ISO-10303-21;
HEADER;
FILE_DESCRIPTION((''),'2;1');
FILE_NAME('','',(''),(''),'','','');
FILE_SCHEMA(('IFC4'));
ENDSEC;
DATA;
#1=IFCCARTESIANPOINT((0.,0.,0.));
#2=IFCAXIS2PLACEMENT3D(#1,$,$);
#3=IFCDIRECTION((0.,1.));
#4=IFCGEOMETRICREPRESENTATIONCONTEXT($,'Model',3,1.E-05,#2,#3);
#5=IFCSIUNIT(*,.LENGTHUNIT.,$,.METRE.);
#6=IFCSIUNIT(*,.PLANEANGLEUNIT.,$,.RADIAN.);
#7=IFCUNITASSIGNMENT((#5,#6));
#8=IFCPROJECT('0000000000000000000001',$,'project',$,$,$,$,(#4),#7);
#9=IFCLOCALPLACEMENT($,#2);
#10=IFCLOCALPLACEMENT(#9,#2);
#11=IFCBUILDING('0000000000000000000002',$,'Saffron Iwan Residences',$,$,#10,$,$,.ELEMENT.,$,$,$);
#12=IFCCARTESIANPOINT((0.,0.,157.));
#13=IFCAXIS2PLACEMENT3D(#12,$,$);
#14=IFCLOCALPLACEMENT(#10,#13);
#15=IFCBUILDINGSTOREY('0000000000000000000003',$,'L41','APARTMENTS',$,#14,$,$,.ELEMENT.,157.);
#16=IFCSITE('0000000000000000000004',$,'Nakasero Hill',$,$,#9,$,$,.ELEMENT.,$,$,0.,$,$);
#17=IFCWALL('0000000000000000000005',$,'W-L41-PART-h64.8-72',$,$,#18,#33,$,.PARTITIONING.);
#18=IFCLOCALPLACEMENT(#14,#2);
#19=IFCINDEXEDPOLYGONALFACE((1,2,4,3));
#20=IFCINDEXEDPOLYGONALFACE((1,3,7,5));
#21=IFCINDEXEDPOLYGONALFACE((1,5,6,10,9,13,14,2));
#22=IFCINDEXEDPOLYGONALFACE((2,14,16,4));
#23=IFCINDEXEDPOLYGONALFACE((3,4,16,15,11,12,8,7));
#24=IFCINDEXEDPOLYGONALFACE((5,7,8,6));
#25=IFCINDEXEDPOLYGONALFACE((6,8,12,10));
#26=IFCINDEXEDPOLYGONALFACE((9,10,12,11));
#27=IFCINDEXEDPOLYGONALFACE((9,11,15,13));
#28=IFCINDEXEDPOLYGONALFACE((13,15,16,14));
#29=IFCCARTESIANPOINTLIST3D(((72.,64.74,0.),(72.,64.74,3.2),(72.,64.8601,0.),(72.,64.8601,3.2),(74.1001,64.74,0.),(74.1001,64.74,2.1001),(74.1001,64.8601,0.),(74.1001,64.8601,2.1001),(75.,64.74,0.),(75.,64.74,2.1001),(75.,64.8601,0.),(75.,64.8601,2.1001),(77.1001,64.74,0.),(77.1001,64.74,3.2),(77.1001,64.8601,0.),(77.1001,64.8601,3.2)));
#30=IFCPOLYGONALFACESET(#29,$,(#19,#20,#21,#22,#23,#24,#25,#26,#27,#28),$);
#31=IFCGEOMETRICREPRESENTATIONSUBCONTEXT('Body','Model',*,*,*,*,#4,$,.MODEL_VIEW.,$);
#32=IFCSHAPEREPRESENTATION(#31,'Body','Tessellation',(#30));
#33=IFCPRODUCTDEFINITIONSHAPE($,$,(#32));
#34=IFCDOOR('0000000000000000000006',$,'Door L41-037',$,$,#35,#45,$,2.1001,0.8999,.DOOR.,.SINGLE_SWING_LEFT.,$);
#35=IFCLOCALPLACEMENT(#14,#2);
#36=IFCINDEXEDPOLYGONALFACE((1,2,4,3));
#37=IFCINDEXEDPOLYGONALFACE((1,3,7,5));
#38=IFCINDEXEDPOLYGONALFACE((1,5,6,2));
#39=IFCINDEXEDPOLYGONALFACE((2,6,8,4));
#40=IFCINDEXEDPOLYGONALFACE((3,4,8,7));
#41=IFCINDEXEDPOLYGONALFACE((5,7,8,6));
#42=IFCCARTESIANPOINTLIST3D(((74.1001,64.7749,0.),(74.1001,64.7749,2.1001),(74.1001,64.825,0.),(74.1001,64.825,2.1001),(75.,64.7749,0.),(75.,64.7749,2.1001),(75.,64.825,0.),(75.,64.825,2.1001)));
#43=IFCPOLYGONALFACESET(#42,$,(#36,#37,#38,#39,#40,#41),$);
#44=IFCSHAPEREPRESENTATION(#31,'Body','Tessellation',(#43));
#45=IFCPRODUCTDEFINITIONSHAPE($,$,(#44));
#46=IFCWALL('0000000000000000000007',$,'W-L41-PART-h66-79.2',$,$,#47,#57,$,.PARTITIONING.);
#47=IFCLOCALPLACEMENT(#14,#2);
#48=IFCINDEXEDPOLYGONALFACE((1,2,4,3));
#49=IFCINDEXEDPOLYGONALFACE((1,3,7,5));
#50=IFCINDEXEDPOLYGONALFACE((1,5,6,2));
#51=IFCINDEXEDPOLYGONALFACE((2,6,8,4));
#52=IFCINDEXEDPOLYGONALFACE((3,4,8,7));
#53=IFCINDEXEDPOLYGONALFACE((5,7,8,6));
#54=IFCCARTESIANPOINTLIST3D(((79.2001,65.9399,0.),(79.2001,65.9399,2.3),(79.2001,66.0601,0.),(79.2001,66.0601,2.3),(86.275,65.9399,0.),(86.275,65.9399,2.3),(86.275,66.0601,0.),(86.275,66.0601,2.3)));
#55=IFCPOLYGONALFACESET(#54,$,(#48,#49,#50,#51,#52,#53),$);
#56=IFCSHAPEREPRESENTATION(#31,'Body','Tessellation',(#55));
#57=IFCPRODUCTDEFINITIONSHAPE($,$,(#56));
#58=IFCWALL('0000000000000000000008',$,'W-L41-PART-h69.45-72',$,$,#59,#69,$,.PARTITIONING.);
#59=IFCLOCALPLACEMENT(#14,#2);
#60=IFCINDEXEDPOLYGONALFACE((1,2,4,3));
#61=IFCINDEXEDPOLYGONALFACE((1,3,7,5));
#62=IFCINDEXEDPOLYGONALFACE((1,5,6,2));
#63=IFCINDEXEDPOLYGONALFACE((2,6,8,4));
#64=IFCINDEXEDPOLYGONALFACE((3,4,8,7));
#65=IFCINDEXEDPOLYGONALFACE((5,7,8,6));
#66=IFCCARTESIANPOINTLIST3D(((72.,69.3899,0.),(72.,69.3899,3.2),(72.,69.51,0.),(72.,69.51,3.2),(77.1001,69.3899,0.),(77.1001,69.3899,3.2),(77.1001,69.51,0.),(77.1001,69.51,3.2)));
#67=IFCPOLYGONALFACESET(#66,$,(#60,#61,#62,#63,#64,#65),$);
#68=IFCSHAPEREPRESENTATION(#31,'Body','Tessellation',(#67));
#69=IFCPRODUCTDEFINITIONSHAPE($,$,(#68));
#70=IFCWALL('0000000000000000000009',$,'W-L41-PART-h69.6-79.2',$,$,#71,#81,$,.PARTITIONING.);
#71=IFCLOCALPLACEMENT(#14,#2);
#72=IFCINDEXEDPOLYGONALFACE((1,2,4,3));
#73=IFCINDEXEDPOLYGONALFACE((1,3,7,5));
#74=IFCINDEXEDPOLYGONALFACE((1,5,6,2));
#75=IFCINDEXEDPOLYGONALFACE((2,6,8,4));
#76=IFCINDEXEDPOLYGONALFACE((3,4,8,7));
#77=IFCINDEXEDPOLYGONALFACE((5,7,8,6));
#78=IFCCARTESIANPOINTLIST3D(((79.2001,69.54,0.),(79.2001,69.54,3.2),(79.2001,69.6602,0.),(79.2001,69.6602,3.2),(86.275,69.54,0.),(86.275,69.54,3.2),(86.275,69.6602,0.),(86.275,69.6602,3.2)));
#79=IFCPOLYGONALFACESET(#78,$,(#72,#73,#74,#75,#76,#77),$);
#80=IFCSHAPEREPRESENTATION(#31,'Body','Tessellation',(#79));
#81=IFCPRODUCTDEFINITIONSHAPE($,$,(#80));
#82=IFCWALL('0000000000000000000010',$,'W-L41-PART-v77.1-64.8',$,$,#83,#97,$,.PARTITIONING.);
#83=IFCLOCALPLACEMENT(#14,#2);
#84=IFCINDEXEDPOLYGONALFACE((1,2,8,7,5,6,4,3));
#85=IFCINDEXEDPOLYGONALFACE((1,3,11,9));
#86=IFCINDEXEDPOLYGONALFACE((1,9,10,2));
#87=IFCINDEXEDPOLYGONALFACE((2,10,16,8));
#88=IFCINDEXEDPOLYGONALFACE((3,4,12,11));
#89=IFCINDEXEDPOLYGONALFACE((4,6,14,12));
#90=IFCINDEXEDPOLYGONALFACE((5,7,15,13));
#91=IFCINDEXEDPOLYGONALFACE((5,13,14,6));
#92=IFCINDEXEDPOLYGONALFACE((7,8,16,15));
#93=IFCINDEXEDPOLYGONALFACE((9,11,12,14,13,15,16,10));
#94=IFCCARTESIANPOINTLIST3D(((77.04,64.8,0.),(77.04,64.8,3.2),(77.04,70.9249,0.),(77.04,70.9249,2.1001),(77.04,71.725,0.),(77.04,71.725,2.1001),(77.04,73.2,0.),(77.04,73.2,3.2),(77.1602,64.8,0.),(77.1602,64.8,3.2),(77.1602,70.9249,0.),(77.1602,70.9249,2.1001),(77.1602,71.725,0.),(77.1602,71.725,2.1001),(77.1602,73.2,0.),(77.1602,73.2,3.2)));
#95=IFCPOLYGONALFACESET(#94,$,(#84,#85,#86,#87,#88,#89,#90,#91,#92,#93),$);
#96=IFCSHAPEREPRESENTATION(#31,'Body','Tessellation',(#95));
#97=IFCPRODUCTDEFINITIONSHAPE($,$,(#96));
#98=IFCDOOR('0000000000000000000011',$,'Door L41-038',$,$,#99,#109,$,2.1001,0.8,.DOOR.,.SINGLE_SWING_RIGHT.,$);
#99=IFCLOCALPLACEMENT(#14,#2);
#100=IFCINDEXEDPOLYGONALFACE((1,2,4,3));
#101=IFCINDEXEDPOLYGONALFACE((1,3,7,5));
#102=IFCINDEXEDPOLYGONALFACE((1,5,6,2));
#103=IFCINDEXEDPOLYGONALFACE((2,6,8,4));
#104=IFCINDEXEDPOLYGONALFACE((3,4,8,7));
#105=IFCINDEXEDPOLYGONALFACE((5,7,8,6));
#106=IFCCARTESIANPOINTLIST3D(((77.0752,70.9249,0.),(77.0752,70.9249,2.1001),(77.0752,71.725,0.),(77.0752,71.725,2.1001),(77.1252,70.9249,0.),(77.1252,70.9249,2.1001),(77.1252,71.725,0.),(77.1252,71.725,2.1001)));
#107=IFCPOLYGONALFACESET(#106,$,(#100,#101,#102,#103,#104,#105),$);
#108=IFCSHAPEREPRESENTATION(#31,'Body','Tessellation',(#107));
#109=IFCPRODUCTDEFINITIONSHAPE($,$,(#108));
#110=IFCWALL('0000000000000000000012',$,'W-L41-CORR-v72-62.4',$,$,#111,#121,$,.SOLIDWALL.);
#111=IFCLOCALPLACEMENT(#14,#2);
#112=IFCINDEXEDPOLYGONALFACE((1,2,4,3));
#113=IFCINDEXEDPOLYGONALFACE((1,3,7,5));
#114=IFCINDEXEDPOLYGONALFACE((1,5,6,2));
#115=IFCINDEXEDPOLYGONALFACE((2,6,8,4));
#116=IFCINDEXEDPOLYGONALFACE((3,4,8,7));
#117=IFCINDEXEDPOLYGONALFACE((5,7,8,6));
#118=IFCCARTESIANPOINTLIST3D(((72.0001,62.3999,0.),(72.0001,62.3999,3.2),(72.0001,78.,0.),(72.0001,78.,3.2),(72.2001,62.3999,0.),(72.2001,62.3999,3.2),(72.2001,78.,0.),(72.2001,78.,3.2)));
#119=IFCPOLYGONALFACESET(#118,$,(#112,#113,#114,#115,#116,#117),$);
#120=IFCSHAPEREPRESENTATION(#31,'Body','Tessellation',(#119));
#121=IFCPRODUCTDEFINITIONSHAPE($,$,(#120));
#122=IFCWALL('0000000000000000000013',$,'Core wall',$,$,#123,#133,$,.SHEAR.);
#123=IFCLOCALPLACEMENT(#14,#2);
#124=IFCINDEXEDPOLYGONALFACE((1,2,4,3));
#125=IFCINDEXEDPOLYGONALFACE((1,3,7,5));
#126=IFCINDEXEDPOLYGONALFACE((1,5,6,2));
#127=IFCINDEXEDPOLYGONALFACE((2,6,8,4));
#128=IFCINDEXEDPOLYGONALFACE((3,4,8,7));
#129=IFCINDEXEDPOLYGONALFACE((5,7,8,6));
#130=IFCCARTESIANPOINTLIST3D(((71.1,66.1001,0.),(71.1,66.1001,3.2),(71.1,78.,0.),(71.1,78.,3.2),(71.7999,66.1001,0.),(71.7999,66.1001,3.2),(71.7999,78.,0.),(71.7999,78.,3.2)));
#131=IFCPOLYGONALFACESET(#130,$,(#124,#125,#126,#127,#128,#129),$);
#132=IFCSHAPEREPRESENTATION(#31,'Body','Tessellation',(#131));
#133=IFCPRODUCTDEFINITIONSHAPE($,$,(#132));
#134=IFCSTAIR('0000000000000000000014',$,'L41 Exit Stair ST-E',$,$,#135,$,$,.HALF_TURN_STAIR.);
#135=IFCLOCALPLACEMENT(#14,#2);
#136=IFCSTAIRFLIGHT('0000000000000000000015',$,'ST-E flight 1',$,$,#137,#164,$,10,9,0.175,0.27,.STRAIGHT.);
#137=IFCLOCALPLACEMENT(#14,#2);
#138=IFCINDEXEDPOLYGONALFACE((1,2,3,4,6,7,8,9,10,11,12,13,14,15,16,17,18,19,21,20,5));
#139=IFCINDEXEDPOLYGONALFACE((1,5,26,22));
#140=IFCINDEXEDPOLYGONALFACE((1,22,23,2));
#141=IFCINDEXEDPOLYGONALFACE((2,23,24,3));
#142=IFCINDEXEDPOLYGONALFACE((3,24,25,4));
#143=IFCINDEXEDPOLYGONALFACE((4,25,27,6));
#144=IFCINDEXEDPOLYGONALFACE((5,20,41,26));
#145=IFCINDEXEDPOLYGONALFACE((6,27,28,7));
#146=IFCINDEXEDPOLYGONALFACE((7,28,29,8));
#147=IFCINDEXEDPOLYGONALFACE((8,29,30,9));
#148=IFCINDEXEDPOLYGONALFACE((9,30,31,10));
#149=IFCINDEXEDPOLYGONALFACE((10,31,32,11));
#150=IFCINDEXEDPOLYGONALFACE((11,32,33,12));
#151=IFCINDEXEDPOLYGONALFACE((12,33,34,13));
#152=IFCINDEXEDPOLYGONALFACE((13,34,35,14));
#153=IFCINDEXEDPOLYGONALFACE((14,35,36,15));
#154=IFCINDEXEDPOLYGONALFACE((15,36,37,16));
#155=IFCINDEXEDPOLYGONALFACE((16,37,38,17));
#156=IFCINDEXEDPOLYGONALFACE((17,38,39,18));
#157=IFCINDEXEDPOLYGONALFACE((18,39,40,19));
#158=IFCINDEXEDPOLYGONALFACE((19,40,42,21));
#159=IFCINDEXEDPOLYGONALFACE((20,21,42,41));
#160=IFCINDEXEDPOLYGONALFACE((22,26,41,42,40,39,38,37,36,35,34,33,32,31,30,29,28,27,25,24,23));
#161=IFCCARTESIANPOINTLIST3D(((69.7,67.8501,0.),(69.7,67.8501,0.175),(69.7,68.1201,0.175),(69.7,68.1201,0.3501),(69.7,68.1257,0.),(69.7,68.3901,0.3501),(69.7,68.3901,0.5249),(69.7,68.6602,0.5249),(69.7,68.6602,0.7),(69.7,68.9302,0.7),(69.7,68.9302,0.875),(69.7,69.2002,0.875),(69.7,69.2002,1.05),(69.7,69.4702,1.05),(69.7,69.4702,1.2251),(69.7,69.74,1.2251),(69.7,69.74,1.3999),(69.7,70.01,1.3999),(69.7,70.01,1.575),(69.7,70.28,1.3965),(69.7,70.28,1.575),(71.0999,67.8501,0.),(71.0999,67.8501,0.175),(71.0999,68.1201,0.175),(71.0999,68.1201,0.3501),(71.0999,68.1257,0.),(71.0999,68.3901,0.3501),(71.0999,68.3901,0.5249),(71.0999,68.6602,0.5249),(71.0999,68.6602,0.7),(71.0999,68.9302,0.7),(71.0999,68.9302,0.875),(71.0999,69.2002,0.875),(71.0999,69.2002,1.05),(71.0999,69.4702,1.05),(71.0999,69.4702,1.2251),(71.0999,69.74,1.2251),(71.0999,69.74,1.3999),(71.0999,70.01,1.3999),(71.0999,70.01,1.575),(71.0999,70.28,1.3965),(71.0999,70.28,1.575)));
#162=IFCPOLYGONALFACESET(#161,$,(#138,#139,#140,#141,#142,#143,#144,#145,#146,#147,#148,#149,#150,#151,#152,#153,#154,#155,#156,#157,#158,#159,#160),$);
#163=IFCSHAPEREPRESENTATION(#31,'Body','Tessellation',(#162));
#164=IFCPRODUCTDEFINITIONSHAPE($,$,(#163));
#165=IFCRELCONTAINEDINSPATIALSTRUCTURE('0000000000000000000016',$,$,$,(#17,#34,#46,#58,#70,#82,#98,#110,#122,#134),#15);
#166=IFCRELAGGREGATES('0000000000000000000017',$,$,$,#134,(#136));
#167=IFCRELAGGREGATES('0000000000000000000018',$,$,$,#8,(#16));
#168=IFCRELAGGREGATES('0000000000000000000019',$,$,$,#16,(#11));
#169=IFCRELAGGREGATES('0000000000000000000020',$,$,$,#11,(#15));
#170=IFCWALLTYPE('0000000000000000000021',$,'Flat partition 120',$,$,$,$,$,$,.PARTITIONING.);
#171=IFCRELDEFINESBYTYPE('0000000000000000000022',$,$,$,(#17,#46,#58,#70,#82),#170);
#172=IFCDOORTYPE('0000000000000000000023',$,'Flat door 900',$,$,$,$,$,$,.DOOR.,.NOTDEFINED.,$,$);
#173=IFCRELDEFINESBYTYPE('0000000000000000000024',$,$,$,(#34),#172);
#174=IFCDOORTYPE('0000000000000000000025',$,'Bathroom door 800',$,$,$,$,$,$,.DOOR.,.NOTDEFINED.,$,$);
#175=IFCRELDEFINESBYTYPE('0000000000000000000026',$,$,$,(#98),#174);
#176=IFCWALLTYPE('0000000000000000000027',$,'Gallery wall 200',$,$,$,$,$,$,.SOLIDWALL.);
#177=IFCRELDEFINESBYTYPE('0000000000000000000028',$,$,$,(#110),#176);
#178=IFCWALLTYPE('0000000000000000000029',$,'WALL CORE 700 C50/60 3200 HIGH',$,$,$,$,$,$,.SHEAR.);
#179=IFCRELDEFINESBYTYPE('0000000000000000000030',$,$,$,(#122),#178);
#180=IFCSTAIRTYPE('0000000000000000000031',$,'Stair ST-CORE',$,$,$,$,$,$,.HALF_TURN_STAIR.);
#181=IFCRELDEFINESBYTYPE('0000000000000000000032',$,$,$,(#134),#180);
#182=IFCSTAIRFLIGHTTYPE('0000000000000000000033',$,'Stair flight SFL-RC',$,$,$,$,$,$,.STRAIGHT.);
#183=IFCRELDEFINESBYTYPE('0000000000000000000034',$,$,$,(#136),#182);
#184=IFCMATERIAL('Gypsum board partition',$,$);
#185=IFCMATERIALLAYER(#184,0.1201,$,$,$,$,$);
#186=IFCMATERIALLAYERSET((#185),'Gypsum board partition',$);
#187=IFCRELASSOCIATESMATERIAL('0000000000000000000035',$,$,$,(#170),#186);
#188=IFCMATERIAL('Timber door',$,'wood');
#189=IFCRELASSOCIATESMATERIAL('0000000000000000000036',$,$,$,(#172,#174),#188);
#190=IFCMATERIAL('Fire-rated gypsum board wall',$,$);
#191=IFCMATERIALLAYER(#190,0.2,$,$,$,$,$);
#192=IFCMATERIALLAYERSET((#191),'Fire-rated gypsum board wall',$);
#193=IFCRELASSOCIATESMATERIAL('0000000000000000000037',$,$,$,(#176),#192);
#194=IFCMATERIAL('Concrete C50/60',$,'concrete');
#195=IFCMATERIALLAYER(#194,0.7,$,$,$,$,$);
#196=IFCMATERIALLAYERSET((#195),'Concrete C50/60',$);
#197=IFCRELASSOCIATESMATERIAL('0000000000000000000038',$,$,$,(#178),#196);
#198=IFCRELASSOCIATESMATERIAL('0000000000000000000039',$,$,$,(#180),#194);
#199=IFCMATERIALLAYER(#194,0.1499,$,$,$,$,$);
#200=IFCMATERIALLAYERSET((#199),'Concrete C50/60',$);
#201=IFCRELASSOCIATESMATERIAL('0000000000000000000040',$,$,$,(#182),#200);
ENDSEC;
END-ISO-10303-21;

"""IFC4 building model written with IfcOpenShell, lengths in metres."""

from ifc_helpers import new_model, si_unit, direction, frame, frame_2d, origin, place, context, subcontext, project, spatial, polyline, rectangle, outline, extrude, material, layer, layer_set, type_object, element, fill, aggregate, save


model = new_model("IFC4")

# Units and contexts
model_context = context("Model", 3, precision=1e-05, world=origin(), true_north=direction((0.0, 1.0)))
body_context = subcontext(model_context, "Body", "Model", "MODEL_VIEW")
ifc_project = project(units=[si_unit("LENGTHUNIT", "METRE"), si_unit("PLANEANGLEUNIT", "RADIAN")], contexts=[model_context])

# Site, building, storey
site_placement = place(None, origin())
site = spatial("IfcSite", under=ifc_project, at=site_placement, Name="Nakasero Hill", CompositionType="ELEMENT", RefElevation=0.0)
building_placement = place(site_placement, origin())
building = spatial("IfcBuilding", under=site, at=building_placement, Name="Saffron Iwan Residences", CompositionType="ELEMENT")
storey_placement = place(building_placement, frame((0.0, 0.0, 157.0)))
storey = spatial("IfcBuildingStorey", under=building, at=storey_placement, Name="L41", Description="APARTMENTS", CompositionType="ELEMENT", Elevation=157.0)

# Shared definitions
ifc_material_1 = material(Name="Concrete C50/60", Category="concrete")

# Shared definitions
ifc_material_2 = material(Name="Fire-rated gypsum board wall")

# Wall, opening, door
ifc_material_3 = material(Name="Gypsum board partition")
ifc_layer_1 = layer(ifc_material_3, 0.1201)
ifc_layer_set_1 = layer_set([ifc_layer_1], Name="Gypsum board partition")
wall_type_1 = type_object("IfcWallType", Name="Flat partition 120", PredefinedType="PARTITIONING", material=ifc_layer_set_1)
ifc_material_4 = material(Name="Timber door", Category="wood")
door_type_1 = type_object("IfcDoorType", Name="Flat door 900", OperationType="NOTDEFINED", PredefinedType="DOOR", material=ifc_material_4)
wall_1_placement = place(storey_placement, frame((72.0, 64.8, 0.0), z_axis=(0.0, 0.0, 1.0), x_axis=(1.0, 0.0, 0.0)))
wall_1 = element("IfcWall", 1, at=wall_1_placement, inside=storey, type_object=wall_type_1, Name="W-L41-PART-h64.8-72", PredefinedType="PARTITIONING", context=body_context, shape_type="SweptSolid", body=[
    extrude(rectangle(XDim=5.1001, YDim=0.1201, at=frame_2d((2.55, 0.0))), origin(), (0.0, 0.0, 1.0), 3.2),
])
opening_1_placement = place(wall_1_placement, frame((2.1001, 0.0, 0.0)))
opening_1 = element("IfcOpeningElement", 2, at=opening_1_placement, cuts=wall_1, PredefinedType="OPENING", context=body_context, shape_type="SweptSolid", body=[
    extrude(rectangle(XDim=0.8999, YDim=2.1001, at=frame_2d((0.45, 1.05))), frame((0.0, 0.0701, 0.0), z_axis=(0.0, -1.0, 0.0), x_axis=(1.0, 0.0, 0.0)), (0.0, 0.0, 1.0), 0.1401),
])
door_1_placement = place(opening_1_placement, origin())
door_1 = element("IfcDoor", 3, at=door_1_placement, inside=storey, type_object=door_type_1, Name="Door L41-037", OperationType="SINGLE_SWING_LEFT", OverallHeight=2.1001, OverallWidth=0.8999, PredefinedType="DOOR", context=body_context, shape_type="SweptSolid", body=[
    extrude(rectangle(XDim=0.8999, YDim=2.1001, at=frame_2d((0.45, 1.05))), frame((0.0, 0.0249, 0.0), z_axis=(0.0, -1.0, 0.0), x_axis=(1.0, 0.0, 0.0)), (0.0, 0.0, 1.0), 0.05),
])
fill(opening_1, door_1)

# Walls
wall_2_placement = place(storey_placement, frame((79.2, 66.0, 0.0), z_axis=(0.0, 0.0, 1.0), x_axis=(1.0, 0.0, 0.0)))
element("IfcWall", 4, at=wall_2_placement, inside=storey, type_object=wall_type_1, Name="W-L41-PART-h66-79.2", PredefinedType="PARTITIONING", context=body_context, shape_type="SweptSolid", body=[
    extrude(rectangle(XDim=7.075, YDim=0.1201, at=frame_2d((3.5376, 0.0))), origin(), (0.0, 0.0, 1.0), 2.3),
])
wall_3_placement = place(storey_placement, frame((72.0, 69.45, 0.0), z_axis=(0.0, 0.0, 1.0), x_axis=(1.0, 0.0, 0.0)))
element("IfcWall", 5, at=wall_3_placement, inside=storey, type_object=wall_type_1, Name="W-L41-PART-h69.45-72", PredefinedType="PARTITIONING", context=body_context, shape_type="SweptSolid", body=[
    extrude(rectangle(XDim=5.1001, YDim=0.1201, at=frame_2d((2.55, 0.0))), origin(), (0.0, 0.0, 1.0), 3.2),
])
wall_4_placement = place(storey_placement, frame((79.2, 69.6001, 0.0), z_axis=(0.0, 0.0, 1.0), x_axis=(1.0, 0.0, 0.0)))
element("IfcWall", 6, at=wall_4_placement, inside=storey, type_object=wall_type_1, Name="W-L41-PART-h69.6-79.2", PredefinedType="PARTITIONING", context=body_context, shape_type="SweptSolid", body=[
    extrude(rectangle(XDim=7.075, YDim=0.1201, at=frame_2d((3.5376, 0.0))), origin(), (0.0, 0.0, 1.0), 3.2),
])

# Wall, opening, door
wall_5_placement = place(storey_placement, frame((77.1001, 64.8, 0.0), z_axis=(0.0, 0.0, 1.0), x_axis=(0.0, 1.0, 0.0)))
wall_5 = element("IfcWall", 7, at=wall_5_placement, inside=storey, type_object=wall_type_1, Name="W-L41-PART-v77.1-64.8", PredefinedType="PARTITIONING", context=body_context, shape_type="SweptSolid", body=[
    extrude(rectangle(XDim=8.3999, YDim=0.1201, at=frame_2d((4.2, 0.0))), origin(), (0.0, 0.0, 1.0), 3.2),
])
opening_2_placement = place(wall_5_placement, frame((6.125, 0.0, 0.0)))
opening_2 = element("IfcOpeningElement", 8, at=opening_2_placement, cuts=wall_5, PredefinedType="OPENING", context=body_context, shape_type="SweptSolid", body=[
    extrude(rectangle(XDim=0.8, YDim=2.1001, at=frame_2d((0.3999, 1.05))), frame((0.0, 0.0701, 0.0), z_axis=(0.0, -1.0, 0.0), x_axis=(1.0, 0.0, 0.0)), (0.0, 0.0, 1.0), 0.1401),
])
door_type_2 = type_object("IfcDoorType", Name="Bathroom door 800", OperationType="NOTDEFINED", PredefinedType="DOOR", material=ifc_material_4)
door_2_placement = place(opening_2_placement, origin())
door_2 = element("IfcDoor", 9, at=door_2_placement, inside=storey, type_object=door_type_2, Name="Door L41-038", OperationType="SINGLE_SWING_RIGHT", OverallHeight=2.1001, OverallWidth=0.8, PredefinedType="DOOR", context=body_context, shape_type="SweptSolid", body=[
    extrude(rectangle(XDim=0.8, YDim=2.1001, at=frame_2d((0.3999, 1.05))), frame((0.0, 0.0249, 0.0), z_axis=(0.0, -1.0, 0.0), x_axis=(1.0, 0.0, 0.0)), (0.0, 0.0, 1.0), 0.05),
])
fill(opening_2, door_2)

# Walls
ifc_layer_2 = layer(ifc_material_2, 0.2)
ifc_layer_set_2 = layer_set([ifc_layer_2], Name="Fire-rated gypsum board wall")
wall_type_2 = type_object("IfcWallType", Name="Gallery wall 200", PredefinedType="SOLIDWALL", material=ifc_layer_set_2)
wall_6_placement = place(storey_placement, frame((72.1001, 62.3999, 0.0), z_axis=(0.0, 0.0, 1.0), x_axis=(0.0, 1.0, 0.0)))
element("IfcWall", 10, at=wall_6_placement, inside=storey, type_object=wall_type_2, Name="W-L41-CORR-v72-62.4", PredefinedType="SOLIDWALL", context=body_context, shape_type="SweptSolid", body=[
    extrude(rectangle(XDim=15.6001, YDim=0.2, at=frame_2d((7.8, 0.0))), origin(), (0.0, 0.0, 1.0), 3.2),
])
ifc_layer_3 = layer(ifc_material_1, 0.7)
ifc_layer_set_3 = layer_set([ifc_layer_3], Name="Concrete C50/60")
wall_type_3 = type_object("IfcWallType", Name="WALL CORE 700 C50/60 3200 HIGH", PredefinedType="SHEAR", material=ifc_layer_set_3)
wall_7_placement = place(storey_placement, frame((71.45, 66.1001, 0.0), z_axis=(0.0, 0.0, 1.0), x_axis=(0.0, 1.0, 0.0)))
element("IfcWall", 11, at=wall_7_placement, inside=storey, type_object=wall_type_3, Name="Core wall", PredefinedType="SHEAR", context=body_context, shape_type="SweptSolid", body=[
    extrude(rectangle(XDim=11.8999, YDim=0.7, at=frame_2d((5.95, 0.0))), origin(), (0.0, 0.0, 1.0), 3.2),
])

# Stair, stair flight
stair_type = type_object("IfcStairType", Name="Stair ST-CORE", PredefinedType="HALF_TURN_STAIR", material=ifc_material_1)
stair_placement = place(storey_placement, origin())
stair = element("IfcStair", 12, at=stair_placement, inside=storey, type_object=stair_type, Name="L41 Exit Stair ST-E", PredefinedType="HALF_TURN_STAIR")
ifc_layer_4 = layer(ifc_material_1, 0.1499)
ifc_layer_set_4 = layer_set([ifc_layer_4], Name="Concrete C50/60")
stair_flight_type = type_object("IfcStairFlightType", Name="Stair flight SFL-RC", PredefinedType="STRAIGHT", material=ifc_layer_set_4)
stair_flight_placement = place(storey_placement, frame((70.3999, 67.8501, 0.0), z_axis=(0.0, 0.0, 1.0), x_axis=(0.0, 1.0, 0.0)))
stair_flight = element("IfcStairFlight", 13, at=stair_flight_placement, type_object=stair_flight_type, Name="ST-E flight 1", NumberOfRisers=10, NumberOfTreads=9, PredefinedType="STRAIGHT", RiserHeight=0.175, TreadLength=0.27, context=body_context, shape_type="SweptSolid", body=[
    extrude(outline(polyline([(0.0, 0.0), (0.0, 0.175), (0.27, 0.175), (0.27, 0.3501), (0.54, 0.3501), (0.54, 0.5249), (0.8101, 0.5249), (0.8101, 0.7), (1.0801, 0.7), (1.0801, 0.875), (1.3501, 0.875), (1.3501, 1.05), (1.6201, 1.05), (1.6201, 1.2251), (1.8899, 1.2251), (1.8899, 1.3999), (2.1599, 1.3999), (2.1599, 1.575), (2.4299, 1.575), (2.4299, 1.75), (2.4299, 1.3965), (0.2756, 0.0), (0.0, 0.0)])), frame((0.0, 0.7, 0.0), z_axis=(0.0, -1.0, 0.0), x_axis=(1.0, 0.0, 0.0)), (0.0, 0.0, 1.0), 1.3999),
])
aggregate(stair, [stair_flight])

save(model, "model.ifc")
